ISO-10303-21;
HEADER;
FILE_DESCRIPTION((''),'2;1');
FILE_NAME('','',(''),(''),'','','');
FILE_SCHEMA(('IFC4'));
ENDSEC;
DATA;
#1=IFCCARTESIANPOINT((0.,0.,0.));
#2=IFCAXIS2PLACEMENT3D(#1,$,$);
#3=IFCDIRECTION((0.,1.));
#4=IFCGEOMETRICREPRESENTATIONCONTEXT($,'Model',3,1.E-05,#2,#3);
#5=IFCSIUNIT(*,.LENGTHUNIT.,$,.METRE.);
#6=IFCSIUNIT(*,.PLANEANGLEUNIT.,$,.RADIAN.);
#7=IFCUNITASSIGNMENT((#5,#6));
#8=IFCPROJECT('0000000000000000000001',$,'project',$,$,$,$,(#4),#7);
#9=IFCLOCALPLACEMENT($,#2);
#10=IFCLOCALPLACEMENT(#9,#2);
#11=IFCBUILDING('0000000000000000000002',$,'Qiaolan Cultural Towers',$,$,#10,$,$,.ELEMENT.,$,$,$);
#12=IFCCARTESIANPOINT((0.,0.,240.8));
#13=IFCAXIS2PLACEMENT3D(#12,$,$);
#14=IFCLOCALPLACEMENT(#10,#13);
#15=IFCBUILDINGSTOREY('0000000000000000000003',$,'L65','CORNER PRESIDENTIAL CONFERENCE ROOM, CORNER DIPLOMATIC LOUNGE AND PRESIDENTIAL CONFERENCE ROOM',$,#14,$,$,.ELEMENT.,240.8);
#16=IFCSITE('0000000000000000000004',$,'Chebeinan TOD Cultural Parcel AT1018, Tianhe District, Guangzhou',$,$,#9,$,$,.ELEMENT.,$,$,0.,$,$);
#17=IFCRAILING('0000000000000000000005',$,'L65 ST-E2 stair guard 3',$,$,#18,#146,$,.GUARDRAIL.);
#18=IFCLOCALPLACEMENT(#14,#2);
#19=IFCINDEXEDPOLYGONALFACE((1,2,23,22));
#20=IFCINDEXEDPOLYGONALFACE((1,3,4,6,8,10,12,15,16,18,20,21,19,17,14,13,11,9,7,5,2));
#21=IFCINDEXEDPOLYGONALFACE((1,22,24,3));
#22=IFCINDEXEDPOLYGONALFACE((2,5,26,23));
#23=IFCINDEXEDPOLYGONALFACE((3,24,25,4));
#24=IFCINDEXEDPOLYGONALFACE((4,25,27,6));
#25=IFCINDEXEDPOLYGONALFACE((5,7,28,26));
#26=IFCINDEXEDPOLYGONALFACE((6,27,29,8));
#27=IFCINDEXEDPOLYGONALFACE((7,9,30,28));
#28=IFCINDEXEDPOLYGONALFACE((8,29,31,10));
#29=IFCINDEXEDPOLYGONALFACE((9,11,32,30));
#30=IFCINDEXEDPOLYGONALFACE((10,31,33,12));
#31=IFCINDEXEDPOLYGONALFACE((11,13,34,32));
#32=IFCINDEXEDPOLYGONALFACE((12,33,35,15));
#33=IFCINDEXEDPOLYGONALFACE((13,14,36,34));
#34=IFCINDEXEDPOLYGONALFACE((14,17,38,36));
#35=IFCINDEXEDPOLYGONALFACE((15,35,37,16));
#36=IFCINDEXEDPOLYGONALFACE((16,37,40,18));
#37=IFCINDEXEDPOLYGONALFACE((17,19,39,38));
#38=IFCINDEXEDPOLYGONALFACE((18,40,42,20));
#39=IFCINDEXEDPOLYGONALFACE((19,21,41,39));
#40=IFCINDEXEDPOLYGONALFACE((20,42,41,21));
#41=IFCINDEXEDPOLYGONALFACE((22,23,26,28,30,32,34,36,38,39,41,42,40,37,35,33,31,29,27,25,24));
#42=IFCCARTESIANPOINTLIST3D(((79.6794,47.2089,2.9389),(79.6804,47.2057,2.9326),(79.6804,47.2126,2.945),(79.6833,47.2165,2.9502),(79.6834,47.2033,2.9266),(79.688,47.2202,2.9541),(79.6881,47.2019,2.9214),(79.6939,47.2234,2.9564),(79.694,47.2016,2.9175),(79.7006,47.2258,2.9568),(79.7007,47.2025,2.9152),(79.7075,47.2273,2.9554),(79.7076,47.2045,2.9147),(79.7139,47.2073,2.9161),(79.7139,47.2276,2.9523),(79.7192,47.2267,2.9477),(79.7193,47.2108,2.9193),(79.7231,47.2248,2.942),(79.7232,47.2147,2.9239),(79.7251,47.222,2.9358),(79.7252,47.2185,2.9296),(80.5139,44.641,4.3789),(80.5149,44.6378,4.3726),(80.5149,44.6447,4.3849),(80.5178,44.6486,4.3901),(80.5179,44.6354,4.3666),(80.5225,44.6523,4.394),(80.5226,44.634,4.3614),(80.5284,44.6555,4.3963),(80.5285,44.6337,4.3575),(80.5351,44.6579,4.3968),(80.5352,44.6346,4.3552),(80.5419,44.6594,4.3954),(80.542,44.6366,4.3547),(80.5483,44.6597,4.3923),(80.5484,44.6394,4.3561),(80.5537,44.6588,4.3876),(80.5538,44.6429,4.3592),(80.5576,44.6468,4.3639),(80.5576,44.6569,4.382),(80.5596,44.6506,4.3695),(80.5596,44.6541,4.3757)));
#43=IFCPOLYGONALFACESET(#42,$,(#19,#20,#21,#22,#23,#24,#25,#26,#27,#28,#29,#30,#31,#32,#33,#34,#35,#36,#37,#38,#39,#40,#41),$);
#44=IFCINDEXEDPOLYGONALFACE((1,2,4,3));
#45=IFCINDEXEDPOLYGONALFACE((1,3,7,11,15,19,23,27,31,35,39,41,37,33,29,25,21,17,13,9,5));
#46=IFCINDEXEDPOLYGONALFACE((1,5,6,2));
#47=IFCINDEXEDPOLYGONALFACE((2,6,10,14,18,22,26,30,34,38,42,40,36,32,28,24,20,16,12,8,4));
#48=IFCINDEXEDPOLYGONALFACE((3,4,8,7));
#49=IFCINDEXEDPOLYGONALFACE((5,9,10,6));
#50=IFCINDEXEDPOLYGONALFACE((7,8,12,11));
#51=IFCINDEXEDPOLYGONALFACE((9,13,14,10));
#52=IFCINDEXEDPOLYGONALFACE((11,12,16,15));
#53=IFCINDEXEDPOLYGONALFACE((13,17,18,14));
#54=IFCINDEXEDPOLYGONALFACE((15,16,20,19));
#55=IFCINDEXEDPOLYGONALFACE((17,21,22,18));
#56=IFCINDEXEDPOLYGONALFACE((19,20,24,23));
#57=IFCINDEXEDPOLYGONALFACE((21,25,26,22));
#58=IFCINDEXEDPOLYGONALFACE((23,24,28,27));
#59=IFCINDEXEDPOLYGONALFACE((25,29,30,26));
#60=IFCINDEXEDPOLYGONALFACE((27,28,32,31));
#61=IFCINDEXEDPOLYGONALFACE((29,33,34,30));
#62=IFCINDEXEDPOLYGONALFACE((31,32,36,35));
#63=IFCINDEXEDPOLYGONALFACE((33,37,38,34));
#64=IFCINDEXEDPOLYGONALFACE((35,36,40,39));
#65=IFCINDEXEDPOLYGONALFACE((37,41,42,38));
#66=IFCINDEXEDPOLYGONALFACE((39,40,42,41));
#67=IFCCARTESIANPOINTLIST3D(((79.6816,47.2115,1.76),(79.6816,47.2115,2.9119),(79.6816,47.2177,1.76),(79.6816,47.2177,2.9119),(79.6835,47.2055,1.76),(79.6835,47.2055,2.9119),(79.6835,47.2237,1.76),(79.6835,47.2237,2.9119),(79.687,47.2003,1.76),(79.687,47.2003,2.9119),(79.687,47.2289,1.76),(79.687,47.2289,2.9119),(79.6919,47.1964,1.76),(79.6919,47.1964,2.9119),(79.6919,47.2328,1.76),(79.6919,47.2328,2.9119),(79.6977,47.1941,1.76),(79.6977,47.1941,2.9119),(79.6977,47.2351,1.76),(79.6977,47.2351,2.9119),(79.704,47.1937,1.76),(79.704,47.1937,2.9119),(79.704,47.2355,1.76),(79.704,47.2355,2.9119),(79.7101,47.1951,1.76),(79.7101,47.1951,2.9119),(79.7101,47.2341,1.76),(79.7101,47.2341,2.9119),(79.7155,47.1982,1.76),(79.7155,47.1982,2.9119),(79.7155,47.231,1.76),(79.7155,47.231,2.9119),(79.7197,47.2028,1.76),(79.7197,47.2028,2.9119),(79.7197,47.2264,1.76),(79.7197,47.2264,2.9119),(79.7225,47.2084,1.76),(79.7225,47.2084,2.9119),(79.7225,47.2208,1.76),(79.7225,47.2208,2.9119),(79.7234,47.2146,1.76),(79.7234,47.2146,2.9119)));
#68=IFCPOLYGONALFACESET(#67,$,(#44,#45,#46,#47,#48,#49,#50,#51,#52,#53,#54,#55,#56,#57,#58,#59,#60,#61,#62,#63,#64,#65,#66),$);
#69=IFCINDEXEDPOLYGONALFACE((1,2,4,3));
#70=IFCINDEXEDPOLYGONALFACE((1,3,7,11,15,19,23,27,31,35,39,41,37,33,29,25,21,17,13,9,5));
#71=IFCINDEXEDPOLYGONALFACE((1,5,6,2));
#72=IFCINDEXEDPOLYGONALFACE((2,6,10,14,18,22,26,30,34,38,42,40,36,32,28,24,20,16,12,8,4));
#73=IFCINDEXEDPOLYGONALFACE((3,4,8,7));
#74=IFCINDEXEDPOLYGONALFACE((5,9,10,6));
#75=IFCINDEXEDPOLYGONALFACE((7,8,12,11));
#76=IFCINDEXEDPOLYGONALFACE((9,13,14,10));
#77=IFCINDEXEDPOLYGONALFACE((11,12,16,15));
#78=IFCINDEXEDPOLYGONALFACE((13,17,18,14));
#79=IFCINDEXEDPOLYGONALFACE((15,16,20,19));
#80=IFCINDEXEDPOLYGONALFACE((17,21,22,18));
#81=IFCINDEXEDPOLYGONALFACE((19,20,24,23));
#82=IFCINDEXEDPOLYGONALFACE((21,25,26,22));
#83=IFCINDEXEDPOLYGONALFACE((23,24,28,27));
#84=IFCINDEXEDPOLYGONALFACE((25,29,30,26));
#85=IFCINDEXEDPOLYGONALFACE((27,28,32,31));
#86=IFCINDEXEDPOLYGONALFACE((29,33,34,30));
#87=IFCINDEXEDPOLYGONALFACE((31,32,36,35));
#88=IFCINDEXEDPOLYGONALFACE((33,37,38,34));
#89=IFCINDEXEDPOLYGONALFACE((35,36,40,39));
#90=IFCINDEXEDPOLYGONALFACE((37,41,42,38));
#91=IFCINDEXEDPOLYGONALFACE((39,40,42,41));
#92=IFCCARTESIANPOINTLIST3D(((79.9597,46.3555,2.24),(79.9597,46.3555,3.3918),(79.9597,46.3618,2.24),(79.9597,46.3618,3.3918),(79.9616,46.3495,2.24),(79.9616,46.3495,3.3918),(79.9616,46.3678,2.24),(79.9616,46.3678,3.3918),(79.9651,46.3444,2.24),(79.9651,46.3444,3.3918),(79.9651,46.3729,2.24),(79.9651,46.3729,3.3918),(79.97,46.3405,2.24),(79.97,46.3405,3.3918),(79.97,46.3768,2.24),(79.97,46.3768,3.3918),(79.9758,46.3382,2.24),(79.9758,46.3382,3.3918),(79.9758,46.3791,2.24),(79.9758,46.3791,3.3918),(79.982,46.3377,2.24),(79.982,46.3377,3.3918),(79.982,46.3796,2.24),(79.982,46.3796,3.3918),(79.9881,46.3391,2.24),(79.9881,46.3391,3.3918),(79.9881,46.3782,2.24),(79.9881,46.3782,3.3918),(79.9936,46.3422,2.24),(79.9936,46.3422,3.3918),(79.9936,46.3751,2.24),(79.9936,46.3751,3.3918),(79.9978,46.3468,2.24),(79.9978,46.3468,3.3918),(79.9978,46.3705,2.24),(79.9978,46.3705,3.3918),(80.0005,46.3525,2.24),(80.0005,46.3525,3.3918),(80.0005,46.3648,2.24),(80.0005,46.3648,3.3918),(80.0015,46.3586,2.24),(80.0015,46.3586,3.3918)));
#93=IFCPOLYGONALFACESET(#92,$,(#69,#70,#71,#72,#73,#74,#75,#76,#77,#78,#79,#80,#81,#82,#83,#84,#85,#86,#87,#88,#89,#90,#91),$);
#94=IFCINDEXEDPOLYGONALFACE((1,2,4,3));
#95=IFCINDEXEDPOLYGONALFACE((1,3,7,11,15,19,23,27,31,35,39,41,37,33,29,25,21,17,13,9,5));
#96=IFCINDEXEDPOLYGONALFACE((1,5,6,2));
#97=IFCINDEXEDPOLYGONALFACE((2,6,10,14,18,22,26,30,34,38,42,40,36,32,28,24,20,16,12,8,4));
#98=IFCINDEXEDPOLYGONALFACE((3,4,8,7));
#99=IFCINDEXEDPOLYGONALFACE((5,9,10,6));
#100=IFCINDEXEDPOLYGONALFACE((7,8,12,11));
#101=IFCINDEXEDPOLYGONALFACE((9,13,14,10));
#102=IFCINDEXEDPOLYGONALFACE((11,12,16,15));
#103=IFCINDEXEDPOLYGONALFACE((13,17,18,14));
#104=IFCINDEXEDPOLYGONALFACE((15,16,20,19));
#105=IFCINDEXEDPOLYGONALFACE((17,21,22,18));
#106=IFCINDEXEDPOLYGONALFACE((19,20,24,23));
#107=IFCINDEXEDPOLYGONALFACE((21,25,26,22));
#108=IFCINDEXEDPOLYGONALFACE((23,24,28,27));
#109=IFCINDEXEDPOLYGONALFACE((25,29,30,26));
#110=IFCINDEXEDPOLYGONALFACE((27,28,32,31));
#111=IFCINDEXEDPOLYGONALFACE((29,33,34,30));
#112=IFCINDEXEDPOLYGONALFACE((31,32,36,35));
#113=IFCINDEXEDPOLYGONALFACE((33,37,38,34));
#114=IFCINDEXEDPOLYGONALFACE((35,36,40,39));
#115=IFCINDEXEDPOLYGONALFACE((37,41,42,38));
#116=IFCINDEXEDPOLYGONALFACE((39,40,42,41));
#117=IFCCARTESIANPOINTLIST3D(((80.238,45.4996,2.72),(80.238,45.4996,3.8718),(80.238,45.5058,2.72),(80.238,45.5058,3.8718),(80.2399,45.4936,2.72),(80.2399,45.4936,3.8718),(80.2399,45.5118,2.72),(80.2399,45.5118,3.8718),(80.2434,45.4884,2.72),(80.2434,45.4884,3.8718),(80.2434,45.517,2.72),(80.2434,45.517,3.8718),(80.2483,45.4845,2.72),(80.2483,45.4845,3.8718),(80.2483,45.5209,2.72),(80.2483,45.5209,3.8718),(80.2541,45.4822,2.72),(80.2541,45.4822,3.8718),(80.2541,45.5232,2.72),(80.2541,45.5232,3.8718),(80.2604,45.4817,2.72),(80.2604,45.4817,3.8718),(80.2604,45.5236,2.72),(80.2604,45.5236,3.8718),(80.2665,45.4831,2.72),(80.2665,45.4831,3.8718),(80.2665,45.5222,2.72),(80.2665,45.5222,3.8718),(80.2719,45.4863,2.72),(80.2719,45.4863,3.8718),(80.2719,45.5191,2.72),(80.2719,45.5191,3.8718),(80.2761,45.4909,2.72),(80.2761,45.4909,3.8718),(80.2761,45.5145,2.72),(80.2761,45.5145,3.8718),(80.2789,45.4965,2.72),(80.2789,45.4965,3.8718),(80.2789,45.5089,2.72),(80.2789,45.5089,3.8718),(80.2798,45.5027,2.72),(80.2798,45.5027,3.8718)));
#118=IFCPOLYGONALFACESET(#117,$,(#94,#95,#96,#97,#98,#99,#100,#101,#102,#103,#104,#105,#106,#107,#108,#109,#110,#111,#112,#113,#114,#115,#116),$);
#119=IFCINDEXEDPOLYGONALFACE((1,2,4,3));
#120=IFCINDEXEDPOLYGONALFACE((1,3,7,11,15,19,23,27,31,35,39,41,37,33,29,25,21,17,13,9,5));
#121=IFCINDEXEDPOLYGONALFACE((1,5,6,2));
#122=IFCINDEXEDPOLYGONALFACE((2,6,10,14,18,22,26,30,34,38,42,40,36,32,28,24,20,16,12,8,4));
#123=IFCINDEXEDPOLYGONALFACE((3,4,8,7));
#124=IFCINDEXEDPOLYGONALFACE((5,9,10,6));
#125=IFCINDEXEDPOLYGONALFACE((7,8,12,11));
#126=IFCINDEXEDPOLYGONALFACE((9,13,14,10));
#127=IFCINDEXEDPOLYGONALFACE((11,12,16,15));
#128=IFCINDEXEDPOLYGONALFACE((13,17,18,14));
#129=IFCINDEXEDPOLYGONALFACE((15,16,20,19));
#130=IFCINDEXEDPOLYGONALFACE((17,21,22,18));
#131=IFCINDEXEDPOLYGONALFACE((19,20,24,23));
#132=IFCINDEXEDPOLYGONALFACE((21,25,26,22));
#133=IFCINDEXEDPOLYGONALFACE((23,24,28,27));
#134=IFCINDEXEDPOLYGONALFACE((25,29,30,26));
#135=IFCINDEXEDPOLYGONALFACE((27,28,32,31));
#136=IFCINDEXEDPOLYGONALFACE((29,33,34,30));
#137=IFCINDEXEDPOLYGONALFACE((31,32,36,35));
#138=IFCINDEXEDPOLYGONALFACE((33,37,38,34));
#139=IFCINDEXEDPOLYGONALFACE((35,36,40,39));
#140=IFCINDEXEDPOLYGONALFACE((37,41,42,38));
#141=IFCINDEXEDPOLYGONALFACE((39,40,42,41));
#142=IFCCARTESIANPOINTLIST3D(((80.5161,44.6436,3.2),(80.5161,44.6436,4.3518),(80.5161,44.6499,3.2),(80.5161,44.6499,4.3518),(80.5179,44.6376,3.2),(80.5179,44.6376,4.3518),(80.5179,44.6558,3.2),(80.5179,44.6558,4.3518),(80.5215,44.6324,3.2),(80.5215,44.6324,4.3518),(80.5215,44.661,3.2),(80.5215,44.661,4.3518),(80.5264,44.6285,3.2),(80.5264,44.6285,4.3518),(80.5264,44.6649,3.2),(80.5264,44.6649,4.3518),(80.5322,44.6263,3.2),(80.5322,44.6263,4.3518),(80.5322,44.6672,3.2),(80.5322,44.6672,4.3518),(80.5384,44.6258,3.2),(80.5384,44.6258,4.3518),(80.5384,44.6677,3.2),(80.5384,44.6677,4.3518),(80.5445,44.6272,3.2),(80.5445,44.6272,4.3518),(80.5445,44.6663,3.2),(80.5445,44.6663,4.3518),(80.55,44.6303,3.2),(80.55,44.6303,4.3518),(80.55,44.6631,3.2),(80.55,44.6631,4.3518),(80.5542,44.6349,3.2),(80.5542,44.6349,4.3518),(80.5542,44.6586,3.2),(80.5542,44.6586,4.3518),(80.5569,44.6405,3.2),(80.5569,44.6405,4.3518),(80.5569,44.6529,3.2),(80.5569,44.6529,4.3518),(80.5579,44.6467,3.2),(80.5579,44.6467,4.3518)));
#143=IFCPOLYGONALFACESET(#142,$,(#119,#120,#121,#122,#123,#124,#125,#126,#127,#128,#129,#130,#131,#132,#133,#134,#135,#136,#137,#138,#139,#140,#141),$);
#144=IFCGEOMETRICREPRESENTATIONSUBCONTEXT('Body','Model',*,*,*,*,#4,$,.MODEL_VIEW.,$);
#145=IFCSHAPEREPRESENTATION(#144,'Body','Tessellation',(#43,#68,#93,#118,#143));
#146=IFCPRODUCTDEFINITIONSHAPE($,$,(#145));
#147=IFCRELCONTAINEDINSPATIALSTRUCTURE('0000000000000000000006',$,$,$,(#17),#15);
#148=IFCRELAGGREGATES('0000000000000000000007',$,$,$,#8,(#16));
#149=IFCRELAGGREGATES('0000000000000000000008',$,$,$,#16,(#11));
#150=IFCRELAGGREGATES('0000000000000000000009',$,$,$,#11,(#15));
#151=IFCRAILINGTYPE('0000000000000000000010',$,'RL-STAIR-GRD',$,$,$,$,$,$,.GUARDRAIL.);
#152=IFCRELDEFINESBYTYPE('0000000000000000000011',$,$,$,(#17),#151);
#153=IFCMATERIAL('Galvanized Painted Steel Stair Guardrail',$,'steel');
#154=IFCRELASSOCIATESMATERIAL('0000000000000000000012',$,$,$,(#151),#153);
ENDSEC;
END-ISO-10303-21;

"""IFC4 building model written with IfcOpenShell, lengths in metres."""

from ifc_helpers import new_model, si_unit, direction, frame, origin, origin_2d, place, context, subcontext, project, spatial, circle, extrude, material, type_object, element, save


model = new_model("IFC4")

# Units and contexts
model_context = context("Model", 3, precision=1e-05, world=origin(), true_north=direction((0.0, 1.0)))
body_context = subcontext(model_context, "Body", "Model", "MODEL_VIEW")
ifc_project = project(units=[si_unit("LENGTHUNIT", "METRE"), si_unit("PLANEANGLEUNIT", "RADIAN")], contexts=[model_context])

# Site, building, storey
site_placement = place(None, origin())
site = spatial("IfcSite", under=ifc_project, at=site_placement, Name="Chebeinan TOD Cultural Parcel AT1018, Tianhe District, Guangzhou", CompositionType="ELEMENT", RefElevation=0.0)
building_placement = place(site_placement, origin())
building = spatial("IfcBuilding", under=site, at=building_placement, Name="Qiaolan Cultural Towers", CompositionType="ELEMENT")
storey_placement = place(building_placement, frame((0.0, 0.0, 240.8)))
storey = spatial("IfcBuildingStorey", under=building, at=storey_placement, Name="L65", Description="CORNER PRESIDENTIAL CONFERENCE ROOM, CORNER DIPLOMATIC LOUNGE AND PRESIDENTIAL CONFERENCE ROOM", CompositionType="ELEMENT", Elevation=240.8)

# Railing
ifc_material_1 = material(Name="Galvanized Painted Steel Stair Guardrail", Category="steel")
railing_type = type_object("IfcRailingType", Name="RL-STAIR-GRD", PredefinedType="GUARDRAIL", material=ifc_material_1)
railing_1_placement = place(storey_placement, frame((79.7024, 47.2146, 1.76)))
element("IfcRailing", 1, at=railing_1_placement, inside=storey, type_object=railing_type, Name="L65 ST-E2 stair guard 3", PredefinedType="GUARDRAIL", context=body_context, shape_type="SweptSolid", body=[
    extrude(circle(Radius=0.0239, at=origin_2d()), frame((0.0, 0.0, 1.1758), z_axis=(0.272701, -0.839167, 0.470566), x_axis=(0.951043, 0.309057, 0.0)), (0.0, 0.0, 1.0), 3.0601),
    extrude(circle(Radius=0.021, at=origin_2d()), origin(), (0.0, 0.0, 1.0), 1.1519),
    extrude(circle(Radius=0.021, at=origin_2d()), frame((0.2781, -0.856, 0.48)), (0.0, 0.0, 1.0), 1.1519),
    extrude(circle(Radius=0.021, at=origin_2d()), frame((0.5564, -1.7119, 0.96)), (0.0, 0.0, 1.0), 1.1519),
    extrude(circle(Radius=0.021, at=origin_2d()), frame((0.8345, -2.5679, 1.4399)), (0.0, 0.0, 1.0), 1.1519),
])

save(model, "model.ifc")
